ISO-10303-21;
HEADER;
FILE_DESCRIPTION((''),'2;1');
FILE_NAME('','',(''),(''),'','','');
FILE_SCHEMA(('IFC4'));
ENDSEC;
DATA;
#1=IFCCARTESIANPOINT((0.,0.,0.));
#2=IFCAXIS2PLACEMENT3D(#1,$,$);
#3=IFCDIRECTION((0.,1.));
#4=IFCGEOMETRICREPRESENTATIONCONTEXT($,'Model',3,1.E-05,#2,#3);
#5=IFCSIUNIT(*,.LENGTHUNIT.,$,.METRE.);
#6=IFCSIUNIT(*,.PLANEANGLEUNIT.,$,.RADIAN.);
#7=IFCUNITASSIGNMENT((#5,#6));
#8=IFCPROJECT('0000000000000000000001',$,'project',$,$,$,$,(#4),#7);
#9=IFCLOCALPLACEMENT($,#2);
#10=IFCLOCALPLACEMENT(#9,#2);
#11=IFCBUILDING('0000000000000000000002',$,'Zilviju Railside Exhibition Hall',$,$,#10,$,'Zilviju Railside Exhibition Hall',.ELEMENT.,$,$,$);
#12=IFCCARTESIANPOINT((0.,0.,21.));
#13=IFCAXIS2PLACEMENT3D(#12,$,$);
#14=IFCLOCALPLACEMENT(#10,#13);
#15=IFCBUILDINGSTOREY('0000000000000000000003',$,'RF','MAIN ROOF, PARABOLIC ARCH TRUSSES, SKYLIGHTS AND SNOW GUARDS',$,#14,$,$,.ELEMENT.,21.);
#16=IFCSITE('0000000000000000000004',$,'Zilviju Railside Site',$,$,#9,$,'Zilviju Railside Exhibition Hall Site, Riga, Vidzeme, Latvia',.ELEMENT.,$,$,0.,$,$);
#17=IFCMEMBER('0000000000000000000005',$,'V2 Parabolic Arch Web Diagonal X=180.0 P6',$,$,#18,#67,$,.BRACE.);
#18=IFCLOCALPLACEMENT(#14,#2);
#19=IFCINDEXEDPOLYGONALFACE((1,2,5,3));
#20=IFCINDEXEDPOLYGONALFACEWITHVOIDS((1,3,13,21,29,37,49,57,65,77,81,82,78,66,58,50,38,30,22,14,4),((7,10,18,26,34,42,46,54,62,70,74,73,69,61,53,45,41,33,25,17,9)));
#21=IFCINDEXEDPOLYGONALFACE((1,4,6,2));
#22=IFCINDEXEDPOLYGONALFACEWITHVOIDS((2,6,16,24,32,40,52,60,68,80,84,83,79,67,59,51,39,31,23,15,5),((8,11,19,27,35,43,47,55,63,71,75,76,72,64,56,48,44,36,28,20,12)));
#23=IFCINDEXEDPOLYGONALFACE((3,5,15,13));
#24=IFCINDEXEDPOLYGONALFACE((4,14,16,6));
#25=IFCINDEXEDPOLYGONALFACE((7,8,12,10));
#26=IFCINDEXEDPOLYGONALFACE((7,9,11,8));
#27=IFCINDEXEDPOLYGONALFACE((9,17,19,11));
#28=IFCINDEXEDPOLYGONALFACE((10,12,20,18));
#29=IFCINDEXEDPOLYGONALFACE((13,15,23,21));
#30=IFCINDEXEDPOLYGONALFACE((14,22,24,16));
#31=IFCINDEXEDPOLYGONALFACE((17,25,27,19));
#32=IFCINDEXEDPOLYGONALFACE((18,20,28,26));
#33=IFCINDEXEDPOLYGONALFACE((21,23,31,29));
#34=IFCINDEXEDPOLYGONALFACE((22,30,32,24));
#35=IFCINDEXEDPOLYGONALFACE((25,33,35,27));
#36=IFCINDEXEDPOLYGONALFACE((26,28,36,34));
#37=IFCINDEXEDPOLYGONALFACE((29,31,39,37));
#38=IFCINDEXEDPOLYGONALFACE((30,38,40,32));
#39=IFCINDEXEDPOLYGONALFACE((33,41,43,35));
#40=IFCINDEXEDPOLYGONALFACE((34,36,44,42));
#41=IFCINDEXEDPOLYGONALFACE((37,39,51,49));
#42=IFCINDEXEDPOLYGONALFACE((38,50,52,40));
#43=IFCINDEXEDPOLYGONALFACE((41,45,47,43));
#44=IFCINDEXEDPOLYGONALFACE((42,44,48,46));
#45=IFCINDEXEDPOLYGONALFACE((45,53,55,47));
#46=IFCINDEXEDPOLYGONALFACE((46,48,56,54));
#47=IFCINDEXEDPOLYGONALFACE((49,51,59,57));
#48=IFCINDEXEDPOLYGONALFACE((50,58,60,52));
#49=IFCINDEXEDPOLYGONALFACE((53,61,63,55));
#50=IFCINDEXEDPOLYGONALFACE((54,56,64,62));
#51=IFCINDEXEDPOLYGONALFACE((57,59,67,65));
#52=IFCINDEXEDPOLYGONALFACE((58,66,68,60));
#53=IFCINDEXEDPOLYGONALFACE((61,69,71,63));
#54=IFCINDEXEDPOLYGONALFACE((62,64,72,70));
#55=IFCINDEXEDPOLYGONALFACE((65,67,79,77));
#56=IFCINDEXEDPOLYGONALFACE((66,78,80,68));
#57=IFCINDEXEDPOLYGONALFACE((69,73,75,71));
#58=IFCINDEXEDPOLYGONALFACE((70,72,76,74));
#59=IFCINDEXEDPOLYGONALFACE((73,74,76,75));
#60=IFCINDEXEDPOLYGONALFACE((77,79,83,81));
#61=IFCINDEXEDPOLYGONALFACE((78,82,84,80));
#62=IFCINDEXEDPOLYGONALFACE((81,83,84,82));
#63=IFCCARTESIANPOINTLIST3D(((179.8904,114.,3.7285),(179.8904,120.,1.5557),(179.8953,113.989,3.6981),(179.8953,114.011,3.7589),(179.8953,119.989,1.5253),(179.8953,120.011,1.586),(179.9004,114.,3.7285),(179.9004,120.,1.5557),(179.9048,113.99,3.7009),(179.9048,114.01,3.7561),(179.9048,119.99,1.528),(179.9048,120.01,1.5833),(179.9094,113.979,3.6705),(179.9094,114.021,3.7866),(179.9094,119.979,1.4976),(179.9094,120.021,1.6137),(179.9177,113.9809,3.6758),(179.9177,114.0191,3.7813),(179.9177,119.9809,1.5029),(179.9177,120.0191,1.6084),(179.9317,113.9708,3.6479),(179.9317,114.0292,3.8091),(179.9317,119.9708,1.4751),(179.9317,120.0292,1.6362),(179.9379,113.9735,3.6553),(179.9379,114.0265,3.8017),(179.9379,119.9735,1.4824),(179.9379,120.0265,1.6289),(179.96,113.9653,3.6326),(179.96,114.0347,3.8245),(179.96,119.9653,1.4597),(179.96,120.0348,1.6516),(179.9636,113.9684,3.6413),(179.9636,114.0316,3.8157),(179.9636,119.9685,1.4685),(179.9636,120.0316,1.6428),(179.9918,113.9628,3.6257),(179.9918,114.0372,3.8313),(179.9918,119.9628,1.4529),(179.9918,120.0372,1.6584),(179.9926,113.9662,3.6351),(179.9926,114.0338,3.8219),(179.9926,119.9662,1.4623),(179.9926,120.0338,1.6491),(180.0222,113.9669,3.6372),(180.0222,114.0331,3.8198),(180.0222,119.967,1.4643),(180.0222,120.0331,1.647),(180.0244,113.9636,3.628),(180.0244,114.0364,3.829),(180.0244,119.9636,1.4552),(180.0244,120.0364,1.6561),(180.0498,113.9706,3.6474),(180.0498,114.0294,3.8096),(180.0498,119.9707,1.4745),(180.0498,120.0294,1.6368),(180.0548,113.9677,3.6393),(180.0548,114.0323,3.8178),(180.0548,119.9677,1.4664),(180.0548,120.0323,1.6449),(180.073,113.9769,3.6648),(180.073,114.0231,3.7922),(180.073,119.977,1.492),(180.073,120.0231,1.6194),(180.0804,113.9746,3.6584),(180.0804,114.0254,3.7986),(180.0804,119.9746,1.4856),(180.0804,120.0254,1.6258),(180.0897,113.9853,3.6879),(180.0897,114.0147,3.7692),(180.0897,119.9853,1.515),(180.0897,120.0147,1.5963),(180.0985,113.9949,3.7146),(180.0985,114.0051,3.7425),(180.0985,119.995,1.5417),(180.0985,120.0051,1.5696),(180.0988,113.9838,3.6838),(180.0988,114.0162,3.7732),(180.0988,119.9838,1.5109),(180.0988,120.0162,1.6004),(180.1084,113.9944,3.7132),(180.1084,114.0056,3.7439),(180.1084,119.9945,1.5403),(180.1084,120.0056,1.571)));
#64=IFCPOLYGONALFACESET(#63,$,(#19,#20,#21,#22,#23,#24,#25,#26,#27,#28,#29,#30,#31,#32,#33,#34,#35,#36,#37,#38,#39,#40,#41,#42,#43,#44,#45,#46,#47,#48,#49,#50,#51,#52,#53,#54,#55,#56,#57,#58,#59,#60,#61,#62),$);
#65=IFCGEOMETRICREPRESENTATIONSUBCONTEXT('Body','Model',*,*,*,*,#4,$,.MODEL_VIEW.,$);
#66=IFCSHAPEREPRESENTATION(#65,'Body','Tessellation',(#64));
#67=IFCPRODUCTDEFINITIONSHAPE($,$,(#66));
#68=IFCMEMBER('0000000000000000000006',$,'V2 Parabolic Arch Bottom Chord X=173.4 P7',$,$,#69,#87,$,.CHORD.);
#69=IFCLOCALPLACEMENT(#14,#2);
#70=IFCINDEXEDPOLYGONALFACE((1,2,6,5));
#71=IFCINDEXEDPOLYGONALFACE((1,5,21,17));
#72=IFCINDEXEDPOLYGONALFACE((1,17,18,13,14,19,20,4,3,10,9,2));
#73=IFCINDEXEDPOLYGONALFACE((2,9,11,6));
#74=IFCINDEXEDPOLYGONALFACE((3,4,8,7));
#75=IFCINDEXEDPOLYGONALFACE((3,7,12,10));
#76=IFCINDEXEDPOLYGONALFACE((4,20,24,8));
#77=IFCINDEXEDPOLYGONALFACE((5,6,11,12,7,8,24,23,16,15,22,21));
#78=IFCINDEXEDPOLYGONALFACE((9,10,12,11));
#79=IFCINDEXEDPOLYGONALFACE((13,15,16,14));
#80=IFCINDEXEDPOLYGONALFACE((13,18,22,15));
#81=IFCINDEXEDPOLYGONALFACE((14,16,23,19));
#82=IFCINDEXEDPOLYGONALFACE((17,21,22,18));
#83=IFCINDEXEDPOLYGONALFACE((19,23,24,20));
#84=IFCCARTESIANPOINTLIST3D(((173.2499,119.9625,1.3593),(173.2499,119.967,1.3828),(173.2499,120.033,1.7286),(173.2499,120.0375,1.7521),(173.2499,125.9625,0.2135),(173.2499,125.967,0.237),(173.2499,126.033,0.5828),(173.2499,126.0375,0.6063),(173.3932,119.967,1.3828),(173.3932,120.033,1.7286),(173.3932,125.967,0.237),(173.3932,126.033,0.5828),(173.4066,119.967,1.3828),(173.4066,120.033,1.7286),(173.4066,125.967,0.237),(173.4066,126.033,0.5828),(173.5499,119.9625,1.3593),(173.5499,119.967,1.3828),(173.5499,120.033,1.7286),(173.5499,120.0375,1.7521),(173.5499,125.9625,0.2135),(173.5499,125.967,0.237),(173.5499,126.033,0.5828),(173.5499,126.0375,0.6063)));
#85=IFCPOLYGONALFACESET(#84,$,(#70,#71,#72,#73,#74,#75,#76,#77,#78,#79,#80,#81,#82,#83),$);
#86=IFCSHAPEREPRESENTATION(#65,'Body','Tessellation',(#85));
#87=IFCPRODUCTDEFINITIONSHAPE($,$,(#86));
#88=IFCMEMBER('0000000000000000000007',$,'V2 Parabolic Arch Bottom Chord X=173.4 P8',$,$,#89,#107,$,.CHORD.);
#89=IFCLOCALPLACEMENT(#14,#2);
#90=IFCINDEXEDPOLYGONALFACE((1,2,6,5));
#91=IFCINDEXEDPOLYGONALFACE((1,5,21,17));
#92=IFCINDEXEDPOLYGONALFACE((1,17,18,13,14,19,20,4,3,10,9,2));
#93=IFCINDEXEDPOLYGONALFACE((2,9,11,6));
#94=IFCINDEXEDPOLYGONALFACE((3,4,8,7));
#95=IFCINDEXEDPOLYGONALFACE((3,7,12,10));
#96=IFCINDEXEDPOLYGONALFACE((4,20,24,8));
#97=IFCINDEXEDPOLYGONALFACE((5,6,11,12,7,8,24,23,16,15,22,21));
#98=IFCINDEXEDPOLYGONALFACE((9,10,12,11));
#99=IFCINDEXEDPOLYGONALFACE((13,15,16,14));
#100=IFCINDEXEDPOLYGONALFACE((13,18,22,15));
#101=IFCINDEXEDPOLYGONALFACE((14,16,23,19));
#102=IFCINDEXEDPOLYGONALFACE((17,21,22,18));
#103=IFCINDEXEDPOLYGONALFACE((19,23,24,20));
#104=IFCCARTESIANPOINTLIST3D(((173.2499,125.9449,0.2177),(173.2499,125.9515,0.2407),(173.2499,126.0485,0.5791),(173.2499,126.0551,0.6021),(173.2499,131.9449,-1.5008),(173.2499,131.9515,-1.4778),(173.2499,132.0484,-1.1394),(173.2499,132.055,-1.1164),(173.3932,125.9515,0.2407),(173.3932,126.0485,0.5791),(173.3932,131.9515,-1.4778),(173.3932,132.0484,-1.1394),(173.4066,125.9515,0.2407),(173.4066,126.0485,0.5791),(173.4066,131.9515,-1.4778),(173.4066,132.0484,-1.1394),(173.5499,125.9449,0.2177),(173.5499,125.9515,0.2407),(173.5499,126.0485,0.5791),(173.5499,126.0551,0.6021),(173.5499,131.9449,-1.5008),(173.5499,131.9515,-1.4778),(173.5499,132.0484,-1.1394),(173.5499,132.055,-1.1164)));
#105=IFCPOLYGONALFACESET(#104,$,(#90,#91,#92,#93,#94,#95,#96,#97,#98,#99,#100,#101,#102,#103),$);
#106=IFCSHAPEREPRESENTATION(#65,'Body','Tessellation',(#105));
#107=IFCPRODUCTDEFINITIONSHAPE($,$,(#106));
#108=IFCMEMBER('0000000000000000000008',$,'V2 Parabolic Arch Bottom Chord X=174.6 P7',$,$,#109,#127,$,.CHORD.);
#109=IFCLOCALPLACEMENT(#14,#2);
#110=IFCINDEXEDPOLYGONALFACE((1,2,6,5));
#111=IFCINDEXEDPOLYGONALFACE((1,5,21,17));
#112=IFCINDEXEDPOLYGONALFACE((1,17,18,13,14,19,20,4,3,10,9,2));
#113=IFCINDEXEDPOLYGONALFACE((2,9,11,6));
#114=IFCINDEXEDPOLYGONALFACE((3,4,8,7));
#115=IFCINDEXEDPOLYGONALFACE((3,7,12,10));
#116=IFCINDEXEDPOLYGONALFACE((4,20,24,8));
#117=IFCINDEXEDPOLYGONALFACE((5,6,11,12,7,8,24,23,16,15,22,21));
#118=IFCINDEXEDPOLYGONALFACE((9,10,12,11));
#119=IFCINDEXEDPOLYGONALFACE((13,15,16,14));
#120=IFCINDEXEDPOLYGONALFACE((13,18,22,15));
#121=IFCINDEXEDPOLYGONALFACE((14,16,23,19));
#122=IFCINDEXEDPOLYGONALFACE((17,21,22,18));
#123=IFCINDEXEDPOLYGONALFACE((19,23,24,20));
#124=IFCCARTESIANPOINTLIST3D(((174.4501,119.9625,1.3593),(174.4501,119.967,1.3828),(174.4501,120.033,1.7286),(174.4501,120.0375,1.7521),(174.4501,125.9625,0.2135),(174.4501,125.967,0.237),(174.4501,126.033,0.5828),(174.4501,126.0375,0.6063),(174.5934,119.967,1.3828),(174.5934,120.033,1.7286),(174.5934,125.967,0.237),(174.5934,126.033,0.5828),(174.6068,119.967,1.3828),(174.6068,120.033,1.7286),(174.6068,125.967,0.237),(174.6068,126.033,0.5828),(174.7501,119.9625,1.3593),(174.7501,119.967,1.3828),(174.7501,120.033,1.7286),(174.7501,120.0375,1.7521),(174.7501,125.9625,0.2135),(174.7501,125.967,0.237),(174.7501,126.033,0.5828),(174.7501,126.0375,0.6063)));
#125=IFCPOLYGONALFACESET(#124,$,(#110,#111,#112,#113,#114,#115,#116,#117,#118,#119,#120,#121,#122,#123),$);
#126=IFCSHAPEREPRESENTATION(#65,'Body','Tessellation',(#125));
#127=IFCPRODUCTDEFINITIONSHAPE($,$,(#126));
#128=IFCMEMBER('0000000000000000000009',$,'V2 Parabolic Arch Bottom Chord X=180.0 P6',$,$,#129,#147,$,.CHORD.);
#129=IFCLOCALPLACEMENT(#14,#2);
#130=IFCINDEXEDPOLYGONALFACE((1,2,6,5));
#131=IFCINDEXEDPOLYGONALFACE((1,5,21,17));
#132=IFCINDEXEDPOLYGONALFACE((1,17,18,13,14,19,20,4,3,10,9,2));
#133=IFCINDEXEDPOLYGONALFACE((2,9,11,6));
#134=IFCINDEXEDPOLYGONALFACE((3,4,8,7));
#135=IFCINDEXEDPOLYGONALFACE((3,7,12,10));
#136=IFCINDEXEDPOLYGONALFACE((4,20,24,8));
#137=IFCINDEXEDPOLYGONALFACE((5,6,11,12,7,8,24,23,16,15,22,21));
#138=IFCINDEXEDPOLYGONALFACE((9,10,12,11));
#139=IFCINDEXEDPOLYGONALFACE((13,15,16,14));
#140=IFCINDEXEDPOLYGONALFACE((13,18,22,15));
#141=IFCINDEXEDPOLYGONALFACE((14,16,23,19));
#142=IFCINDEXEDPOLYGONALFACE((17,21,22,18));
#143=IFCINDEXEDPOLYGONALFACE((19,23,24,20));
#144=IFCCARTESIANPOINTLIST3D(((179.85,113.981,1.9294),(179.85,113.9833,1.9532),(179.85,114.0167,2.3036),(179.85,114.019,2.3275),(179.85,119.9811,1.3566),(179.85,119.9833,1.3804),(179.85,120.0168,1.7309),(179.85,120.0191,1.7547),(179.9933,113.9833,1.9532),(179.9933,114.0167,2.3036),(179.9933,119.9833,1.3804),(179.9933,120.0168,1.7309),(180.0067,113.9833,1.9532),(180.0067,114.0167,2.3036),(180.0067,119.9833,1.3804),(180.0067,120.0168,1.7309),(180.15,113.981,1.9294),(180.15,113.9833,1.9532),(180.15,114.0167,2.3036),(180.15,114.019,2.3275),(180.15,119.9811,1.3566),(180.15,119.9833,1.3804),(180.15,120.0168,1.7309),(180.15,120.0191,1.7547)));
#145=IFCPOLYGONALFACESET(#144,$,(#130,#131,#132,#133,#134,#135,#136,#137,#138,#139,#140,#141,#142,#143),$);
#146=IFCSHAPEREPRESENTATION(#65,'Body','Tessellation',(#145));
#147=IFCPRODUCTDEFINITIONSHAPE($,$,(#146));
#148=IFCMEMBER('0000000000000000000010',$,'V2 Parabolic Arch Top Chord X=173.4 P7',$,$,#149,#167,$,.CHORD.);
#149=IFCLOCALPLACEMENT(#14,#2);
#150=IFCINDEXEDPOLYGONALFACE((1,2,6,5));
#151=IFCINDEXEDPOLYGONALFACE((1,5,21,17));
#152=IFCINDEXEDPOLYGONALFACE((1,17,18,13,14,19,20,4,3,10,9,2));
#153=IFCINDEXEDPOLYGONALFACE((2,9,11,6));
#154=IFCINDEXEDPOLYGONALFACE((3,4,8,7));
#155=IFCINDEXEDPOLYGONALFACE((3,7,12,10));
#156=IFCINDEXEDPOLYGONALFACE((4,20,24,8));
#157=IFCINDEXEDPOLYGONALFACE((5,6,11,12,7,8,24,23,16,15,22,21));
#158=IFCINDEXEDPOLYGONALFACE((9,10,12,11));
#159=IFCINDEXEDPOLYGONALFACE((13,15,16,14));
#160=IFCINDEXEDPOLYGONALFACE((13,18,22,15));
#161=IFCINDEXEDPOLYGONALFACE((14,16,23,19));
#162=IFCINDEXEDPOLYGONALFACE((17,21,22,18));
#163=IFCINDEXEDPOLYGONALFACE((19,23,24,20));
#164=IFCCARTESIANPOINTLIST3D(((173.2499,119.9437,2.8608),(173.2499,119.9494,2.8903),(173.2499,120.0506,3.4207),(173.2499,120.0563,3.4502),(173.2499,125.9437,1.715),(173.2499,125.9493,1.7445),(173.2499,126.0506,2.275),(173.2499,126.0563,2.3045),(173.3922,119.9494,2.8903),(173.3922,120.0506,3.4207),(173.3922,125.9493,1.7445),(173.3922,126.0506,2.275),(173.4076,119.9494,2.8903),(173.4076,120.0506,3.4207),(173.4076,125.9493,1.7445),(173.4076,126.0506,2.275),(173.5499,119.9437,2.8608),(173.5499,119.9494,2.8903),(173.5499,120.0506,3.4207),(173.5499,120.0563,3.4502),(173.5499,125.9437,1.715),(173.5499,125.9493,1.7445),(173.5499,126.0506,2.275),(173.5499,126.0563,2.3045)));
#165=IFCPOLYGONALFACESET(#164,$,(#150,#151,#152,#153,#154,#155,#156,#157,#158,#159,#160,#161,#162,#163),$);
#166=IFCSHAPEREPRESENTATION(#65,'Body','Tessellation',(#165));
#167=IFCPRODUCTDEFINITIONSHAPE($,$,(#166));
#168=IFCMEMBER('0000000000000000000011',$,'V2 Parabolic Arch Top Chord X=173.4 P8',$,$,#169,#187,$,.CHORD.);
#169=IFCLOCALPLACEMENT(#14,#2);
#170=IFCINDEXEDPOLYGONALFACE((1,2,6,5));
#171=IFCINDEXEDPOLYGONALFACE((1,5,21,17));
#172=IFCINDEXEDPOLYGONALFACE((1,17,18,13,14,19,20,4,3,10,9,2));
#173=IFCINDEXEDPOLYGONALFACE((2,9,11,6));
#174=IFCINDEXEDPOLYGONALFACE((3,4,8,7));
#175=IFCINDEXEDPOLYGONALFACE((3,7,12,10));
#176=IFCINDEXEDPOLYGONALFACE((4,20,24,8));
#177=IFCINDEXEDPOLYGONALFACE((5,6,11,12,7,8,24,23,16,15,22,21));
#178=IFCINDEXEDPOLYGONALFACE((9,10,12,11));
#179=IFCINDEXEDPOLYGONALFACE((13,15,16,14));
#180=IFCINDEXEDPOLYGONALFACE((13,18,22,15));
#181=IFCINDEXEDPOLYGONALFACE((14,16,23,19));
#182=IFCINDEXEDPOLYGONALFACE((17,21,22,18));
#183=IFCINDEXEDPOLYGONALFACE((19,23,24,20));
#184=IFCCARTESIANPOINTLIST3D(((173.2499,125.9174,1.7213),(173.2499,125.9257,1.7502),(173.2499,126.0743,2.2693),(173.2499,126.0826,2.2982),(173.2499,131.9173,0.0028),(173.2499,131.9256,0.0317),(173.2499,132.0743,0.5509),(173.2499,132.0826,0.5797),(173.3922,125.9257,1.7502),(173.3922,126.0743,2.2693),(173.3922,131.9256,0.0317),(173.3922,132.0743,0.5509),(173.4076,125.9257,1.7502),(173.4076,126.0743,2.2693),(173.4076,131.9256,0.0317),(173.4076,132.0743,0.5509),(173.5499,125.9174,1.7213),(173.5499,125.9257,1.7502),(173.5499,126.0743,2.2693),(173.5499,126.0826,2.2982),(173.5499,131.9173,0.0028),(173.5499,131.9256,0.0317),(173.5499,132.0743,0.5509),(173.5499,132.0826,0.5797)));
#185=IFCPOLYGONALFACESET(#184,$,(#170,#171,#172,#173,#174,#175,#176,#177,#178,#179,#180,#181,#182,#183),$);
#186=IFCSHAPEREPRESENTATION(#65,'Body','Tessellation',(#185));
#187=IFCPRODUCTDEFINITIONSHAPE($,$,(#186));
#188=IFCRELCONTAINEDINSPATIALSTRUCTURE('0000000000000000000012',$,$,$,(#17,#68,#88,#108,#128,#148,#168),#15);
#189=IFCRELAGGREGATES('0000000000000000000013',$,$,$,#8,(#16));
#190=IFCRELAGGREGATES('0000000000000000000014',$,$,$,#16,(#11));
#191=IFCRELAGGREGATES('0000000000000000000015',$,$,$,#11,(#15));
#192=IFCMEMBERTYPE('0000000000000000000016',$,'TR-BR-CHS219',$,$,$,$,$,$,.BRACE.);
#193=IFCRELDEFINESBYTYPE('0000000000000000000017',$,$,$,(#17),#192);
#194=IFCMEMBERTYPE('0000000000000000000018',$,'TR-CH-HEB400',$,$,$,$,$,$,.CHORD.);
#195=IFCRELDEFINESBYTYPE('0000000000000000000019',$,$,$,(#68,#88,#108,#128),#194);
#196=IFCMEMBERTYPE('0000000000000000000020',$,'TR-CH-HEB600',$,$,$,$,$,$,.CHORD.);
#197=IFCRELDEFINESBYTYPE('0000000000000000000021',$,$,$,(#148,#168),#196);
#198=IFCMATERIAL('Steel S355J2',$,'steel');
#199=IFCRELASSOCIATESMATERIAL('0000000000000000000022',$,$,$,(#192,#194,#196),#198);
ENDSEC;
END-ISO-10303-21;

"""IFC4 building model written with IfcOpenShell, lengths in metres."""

from ifc_helpers import new_model, si_unit, direction, frame, origin, origin_2d, place, context, subcontext, project, spatial, hollow_circle, i_section, extrude, material, material_profile, profile_set, type_object, element, save


model = new_model("IFC4")

# Units and contexts
model_context = context("Model", 3, precision=1e-05, world=origin(), true_north=direction((0.0, 1.0)))
body_context = subcontext(model_context, "Body", "Model", "MODEL_VIEW")
ifc_project = project(units=[si_unit("LENGTHUNIT", "METRE"), si_unit("PLANEANGLEUNIT", "RADIAN")], contexts=[model_context])

# Site, building, storey
site_placement = place(None, origin())
site = spatial("IfcSite", under=ifc_project, at=site_placement, Name="Zilviju Railside Site", LongName="Zilviju Railside Exhibition Hall Site, Riga, Vidzeme, Latvia", CompositionType="ELEMENT", RefElevation=0.0)
building_placement = place(site_placement, origin())
building = spatial("IfcBuilding", under=site, at=building_placement, Name="Zilviju Railside Exhibition Hall", LongName="Zilviju Railside Exhibition Hall", CompositionType="ELEMENT")
storey_placement = place(building_placement, frame((0.0, 0.0, 21.0)))
storey = spatial("IfcBuildingStorey", under=building, at=storey_placement, Name="RF", Description="MAIN ROOF, PARABOLIC ARCH TRUSSES, SKYLIGHTS AND SNOW GUARDS", CompositionType="ELEMENT", Elevation=21.0)

# Members
ifc_material_1 = material(Name="Steel S355J2", Category="steel")
ifc_material_profile_1 = material_profile(ifc_material_1, hollow_circle(Radius=0.1096, WallThickness=0.01, at=origin_2d()), Name="CHS 219.1x10.0")
ifc_profile_set_1 = profile_set([ifc_material_profile_1], Name="Steel S355J2")
member_type_1 = type_object("IfcMemberType", Name="TR-BR-CHS219", PredefinedType="BRACE", material=ifc_profile_set_1)
member_1_placement = place(storey_placement, frame((180.0, 114.0, 3.7285), z_axis=(0.0, 0.940244, -0.340502), x_axis=(-1.0, 0.0, 0.0)))
element("IfcMember", 1, at=member_1_placement, inside=storey, type_object=member_type_1, Name="V2 Parabolic Arch Web Diagonal X=180.0 P6", PredefinedType="BRACE", context=body_context, shape_type="SweptSolid", body=[
    extrude(hollow_circle(Radius=0.1096, WallThickness=0.01, at=origin_2d()), origin(), (0.0, 0.0, 1.0), 6.3813),
])
ifc_material_profile_2 = material_profile(ifc_material_1, i_section(OverallWidth=0.3, OverallDepth=0.3999, WebThickness=0.0134, FlangeThickness=0.0239, at=origin_2d()), Name="HEB 400")
ifc_profile_set_2 = profile_set([ifc_material_profile_2], Name="Steel S355J2")
member_type_2 = type_object("IfcMemberType", Name="TR-CH-HEB400", PredefinedType="CHORD", material=ifc_profile_set_2)
member_2_placement = place(storey_placement, frame((173.3999, 120.0, 1.5557), z_axis=(0.0, 0.982251, -0.187569), x_axis=(-1.0, 0.0, 0.0)))
element("IfcMember", 2, at=member_2_placement, inside=storey, type_object=member_type_2, Name="V2 Parabolic Arch Bottom Chord X=173.4 P7", PredefinedType="CHORD", context=body_context, shape_type="SweptSolid", body=[
    extrude(i_section(OverallWidth=0.3, OverallDepth=0.3999, WebThickness=0.0134, FlangeThickness=0.0239, at=origin_2d()), origin(), (0.0, 0.0, 1.0), 6.1084),
])
member_3_placement = place(storey_placement, frame((173.3999, 126.0, 0.4099), z_axis=(0.0, 0.961345, -0.275346), x_axis=(-1.0, 0.0, 0.0)))
element("IfcMember", 3, at=member_3_placement, inside=storey, type_object=member_type_2, Name="V2 Parabolic Arch Bottom Chord X=173.4 P8", PredefinedType="CHORD", context=body_context, shape_type="SweptSolid", body=[
    extrude(i_section(OverallWidth=0.3, OverallDepth=0.3999, WebThickness=0.0134, FlangeThickness=0.0239, at=origin_2d()), origin(), (0.0, 0.0, 1.0), 6.2412),
])
member_4_placement = place(storey_placement, frame((174.6001, 120.0, 1.5557), z_axis=(0.0, 0.982251, -0.187569), x_axis=(-1.0, 0.0, 0.0)))
element("IfcMember", 4, at=member_4_placement, inside=storey, type_object=member_type_2, Name="V2 Parabolic Arch Bottom Chord X=174.6 P7", PredefinedType="CHORD", context=body_context, shape_type="SweptSolid", body=[
    extrude(i_section(OverallWidth=0.3, OverallDepth=0.3999, WebThickness=0.0134, FlangeThickness=0.0239, at=origin_2d()), origin(), (0.0, 0.0, 1.0), 6.1084),
])
member_5_placement = place(storey_placement, frame((180.0, 114.0, 2.1284), z_axis=(0.0, 0.995475, -0.095027), x_axis=(-1.0, 0.0, 0.0)))
element("IfcMember", 5, at=member_5_placement, inside=storey, type_object=member_type_2, Name="V2 Parabolic Arch Bottom Chord X=180.0 P6", PredefinedType="CHORD", context=body_context, shape_type="SweptSolid", body=[
    extrude(i_section(OverallWidth=0.3, OverallDepth=0.3999, WebThickness=0.0134, FlangeThickness=0.0239, at=origin_2d()), origin(), (0.0, 0.0, 1.0), 6.0273),
])
ifc_material_profile_3 = material_profile(ifc_material_1, i_section(OverallWidth=0.3, OverallDepth=0.6001, WebThickness=0.0154, FlangeThickness=0.03, at=origin_2d()), Name="HEB 600")
ifc_profile_set_3 = profile_set([ifc_material_profile_3], Name="Steel S355J2")
member_type_3 = type_object("IfcMemberType", Name="TR-CH-HEB600", PredefinedType="CHORD", material=ifc_profile_set_3)
member_6_placement = place(storey_placement, frame((173.3999, 120.0, 3.1555), z_axis=(0.0, 0.982251, -0.187569), x_axis=(-1.0, 0.0, 0.0)))
element("IfcMember", 6, at=member_6_placement, inside=storey, type_object=member_type_3, Name="V2 Parabolic Arch Top Chord X=173.4 P7", PredefinedType="CHORD", context=body_context, shape_type="SweptSolid", body=[
    extrude(i_section(OverallWidth=0.3, OverallDepth=0.6001, WebThickness=0.0154, FlangeThickness=0.03, at=origin_2d()), origin(), (0.0, 0.0, 1.0), 6.1084),
])
member_7_placement = place(storey_placement, frame((173.3999, 126.0, 2.0098), z_axis=(0.0, 0.961345, -0.275346), x_axis=(-1.0, 0.0, 0.0)))
element("IfcMember", 7, at=member_7_placement, inside=storey, type_object=member_type_3, Name="V2 Parabolic Arch Top Chord X=173.4 P8", PredefinedType="CHORD", context=body_context, shape_type="SweptSolid", body=[
    extrude(i_section(OverallWidth=0.3, OverallDepth=0.6001, WebThickness=0.0154, FlangeThickness=0.03, at=origin_2d()), origin(), (0.0, 0.0, 1.0), 6.2412),
])

save(model, "model.ifc")
